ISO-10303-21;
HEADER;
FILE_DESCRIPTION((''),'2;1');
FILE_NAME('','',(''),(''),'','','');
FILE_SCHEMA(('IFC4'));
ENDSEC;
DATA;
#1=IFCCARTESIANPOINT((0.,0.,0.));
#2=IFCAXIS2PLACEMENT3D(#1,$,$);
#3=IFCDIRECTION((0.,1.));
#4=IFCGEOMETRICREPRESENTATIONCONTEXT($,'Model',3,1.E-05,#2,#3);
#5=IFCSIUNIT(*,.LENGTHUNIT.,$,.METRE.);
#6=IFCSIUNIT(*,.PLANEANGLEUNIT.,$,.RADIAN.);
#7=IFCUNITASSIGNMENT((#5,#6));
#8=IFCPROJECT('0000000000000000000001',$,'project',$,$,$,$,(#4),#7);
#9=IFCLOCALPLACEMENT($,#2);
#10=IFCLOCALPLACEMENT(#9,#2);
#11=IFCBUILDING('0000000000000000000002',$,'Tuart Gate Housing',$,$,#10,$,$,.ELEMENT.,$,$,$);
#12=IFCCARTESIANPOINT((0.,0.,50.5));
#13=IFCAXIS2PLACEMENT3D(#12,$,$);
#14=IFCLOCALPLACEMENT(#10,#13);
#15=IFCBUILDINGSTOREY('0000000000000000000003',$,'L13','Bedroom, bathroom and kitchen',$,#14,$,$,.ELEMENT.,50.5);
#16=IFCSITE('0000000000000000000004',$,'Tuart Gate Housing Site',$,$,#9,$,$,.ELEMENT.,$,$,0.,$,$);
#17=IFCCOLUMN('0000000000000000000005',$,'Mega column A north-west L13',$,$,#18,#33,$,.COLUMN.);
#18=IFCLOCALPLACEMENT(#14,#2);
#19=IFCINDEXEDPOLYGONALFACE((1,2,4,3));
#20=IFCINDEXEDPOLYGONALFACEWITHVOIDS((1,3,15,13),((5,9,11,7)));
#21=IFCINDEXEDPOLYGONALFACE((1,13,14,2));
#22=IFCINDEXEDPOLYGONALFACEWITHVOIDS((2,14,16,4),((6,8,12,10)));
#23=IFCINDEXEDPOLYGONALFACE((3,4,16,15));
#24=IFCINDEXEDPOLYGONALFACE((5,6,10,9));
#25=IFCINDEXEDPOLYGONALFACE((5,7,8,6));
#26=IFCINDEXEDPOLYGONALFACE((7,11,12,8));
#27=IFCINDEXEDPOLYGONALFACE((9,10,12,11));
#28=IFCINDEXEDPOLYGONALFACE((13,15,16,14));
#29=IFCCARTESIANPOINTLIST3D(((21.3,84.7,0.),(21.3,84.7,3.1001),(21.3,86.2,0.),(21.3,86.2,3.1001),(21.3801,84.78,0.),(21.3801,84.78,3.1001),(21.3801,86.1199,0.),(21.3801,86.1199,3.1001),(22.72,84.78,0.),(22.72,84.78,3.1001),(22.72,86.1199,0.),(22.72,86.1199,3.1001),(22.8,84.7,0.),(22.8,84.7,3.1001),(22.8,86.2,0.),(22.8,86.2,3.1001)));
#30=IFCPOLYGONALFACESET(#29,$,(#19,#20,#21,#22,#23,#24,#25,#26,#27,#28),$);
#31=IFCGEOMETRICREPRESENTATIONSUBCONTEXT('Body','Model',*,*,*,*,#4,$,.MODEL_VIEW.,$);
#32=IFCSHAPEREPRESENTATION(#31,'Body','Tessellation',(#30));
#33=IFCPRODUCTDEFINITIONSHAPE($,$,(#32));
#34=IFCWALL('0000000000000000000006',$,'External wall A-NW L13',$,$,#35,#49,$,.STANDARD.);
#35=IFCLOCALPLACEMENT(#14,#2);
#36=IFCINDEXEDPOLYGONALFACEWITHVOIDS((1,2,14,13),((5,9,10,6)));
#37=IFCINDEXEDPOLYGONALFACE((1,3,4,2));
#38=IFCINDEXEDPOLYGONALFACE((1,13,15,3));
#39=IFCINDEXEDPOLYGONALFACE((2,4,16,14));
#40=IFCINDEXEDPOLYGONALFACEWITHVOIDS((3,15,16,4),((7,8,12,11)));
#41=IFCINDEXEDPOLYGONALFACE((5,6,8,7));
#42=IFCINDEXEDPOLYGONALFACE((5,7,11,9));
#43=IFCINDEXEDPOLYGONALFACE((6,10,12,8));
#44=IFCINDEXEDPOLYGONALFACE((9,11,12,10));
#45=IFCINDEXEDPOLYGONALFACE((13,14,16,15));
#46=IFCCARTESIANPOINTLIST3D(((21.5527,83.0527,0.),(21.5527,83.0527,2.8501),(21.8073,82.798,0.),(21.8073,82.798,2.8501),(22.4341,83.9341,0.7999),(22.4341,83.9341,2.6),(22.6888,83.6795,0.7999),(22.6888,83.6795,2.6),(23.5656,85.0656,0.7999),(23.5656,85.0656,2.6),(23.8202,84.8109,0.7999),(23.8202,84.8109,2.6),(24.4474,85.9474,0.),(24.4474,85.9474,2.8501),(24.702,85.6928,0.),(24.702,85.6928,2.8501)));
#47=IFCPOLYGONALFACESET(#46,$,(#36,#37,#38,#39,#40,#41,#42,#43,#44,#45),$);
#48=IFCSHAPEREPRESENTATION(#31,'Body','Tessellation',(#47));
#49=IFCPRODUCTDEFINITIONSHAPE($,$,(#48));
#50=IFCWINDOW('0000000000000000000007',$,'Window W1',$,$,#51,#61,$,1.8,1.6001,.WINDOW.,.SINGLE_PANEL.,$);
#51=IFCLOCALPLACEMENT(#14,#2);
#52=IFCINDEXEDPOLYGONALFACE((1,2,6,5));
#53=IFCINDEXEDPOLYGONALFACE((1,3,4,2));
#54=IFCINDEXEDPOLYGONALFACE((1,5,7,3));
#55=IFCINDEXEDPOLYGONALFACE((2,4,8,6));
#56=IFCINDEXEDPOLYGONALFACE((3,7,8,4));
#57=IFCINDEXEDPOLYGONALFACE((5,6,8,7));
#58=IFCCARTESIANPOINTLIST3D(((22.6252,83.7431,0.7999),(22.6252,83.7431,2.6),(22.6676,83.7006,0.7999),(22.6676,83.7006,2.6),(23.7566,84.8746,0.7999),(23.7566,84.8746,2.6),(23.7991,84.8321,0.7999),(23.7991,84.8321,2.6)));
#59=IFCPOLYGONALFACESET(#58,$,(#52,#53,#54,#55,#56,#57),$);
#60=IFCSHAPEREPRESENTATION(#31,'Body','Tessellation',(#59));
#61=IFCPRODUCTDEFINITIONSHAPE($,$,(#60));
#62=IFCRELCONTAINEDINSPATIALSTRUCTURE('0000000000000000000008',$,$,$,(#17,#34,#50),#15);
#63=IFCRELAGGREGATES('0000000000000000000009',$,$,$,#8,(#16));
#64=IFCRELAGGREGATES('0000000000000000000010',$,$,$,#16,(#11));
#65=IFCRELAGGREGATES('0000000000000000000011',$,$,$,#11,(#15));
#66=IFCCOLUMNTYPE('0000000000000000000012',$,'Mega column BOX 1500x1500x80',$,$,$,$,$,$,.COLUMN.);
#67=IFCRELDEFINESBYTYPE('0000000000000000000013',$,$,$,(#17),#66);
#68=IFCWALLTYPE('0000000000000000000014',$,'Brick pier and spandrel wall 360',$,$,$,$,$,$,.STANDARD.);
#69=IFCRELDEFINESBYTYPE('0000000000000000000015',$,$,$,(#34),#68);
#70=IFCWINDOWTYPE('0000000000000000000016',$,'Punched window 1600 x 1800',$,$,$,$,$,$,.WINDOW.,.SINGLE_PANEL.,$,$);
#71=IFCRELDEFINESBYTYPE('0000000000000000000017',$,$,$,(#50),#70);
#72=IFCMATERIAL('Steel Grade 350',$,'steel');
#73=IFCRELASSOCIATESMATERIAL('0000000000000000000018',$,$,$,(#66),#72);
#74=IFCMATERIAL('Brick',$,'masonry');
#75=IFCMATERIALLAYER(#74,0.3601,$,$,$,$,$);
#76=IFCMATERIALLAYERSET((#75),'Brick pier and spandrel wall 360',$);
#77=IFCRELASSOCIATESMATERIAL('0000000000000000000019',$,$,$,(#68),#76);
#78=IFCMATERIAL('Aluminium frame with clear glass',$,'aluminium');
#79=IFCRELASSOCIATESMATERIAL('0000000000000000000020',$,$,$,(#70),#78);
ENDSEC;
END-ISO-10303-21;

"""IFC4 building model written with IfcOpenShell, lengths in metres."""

from ifc_helpers import new_model, si_unit, direction, frame, frame_2d, origin, origin_2d, place, context, subcontext, project, spatial, rectangle, hollow_rectangle, extrude, material, layer, layer_set, material_profile, profile_set, type_object, element, fill, save


model = new_model("IFC4")

# Units and contexts
model_context = context("Model", 3, precision=1e-05, world=origin(), true_north=direction((0.0, 1.0)))
body_context = subcontext(model_context, "Body", "Model", "MODEL_VIEW")
ifc_project = project(units=[si_unit("LENGTHUNIT", "METRE"), si_unit("PLANEANGLEUNIT", "RADIAN")], contexts=[model_context])

# Site, building, storey
site_placement = place(None, origin())
site = spatial("IfcSite", under=ifc_project, at=site_placement, Name="Tuart Gate Housing Site", CompositionType="ELEMENT", RefElevation=0.0)
building_placement = place(site_placement, origin())
building = spatial("IfcBuilding", under=site, at=building_placement, Name="Tuart Gate Housing", CompositionType="ELEMENT")
storey_placement = place(building_placement, frame((0.0, 0.0, 50.5)))
storey = spatial("IfcBuildingStorey", under=building, at=storey_placement, Name="L13", Description="Bedroom, bathroom and kitchen", CompositionType="ELEMENT", Elevation=50.5)

# Column
ifc_material_1 = material(Name="Steel Grade 350", Category="steel")
ifc_material_profile = material_profile(ifc_material_1, hollow_rectangle(XDim=1.5, YDim=1.5, WallThickness=0.0801, at=origin_2d()), Name="BOX 1500x1500x80")
ifc_profile_set = profile_set([ifc_material_profile], Name="Steel Grade 350")
column_type = type_object("IfcColumnType", Name="Mega column BOX 1500x1500x80", PredefinedType="COLUMN", material=ifc_profile_set)
column_placement = place(storey_placement, frame((22.05, 85.45, 0.0), z_axis=(0.0, 0.0, 1.0), x_axis=(1.0, 0.0, 0.0)))
element("IfcColumn", 1, at=column_placement, inside=storey, type_object=column_type, Name="Mega column A north-west L13", PredefinedType="COLUMN", context=body_context, shape_type="SweptSolid", body=[
    extrude(hollow_rectangle(XDim=1.5, YDim=1.5, WallThickness=0.0801, at=origin_2d()), origin(), (0.0, 0.0, 1.0), 3.1001),
])

# Wall, opening, window
ifc_material_2 = material(Name="Brick", Category="masonry")
ifc_layer = layer(ifc_material_2, 0.3601)
ifc_layer_set = layer_set([ifc_layer], Name="Brick pier and spandrel wall 360")
wall_type = type_object("IfcWallType", Name="Brick pier and spandrel wall 360", PredefinedType="STANDARD", material=ifc_layer_set)
wall_1_placement = place(storey_placement, frame((24.5747, 85.8201, 0.0), z_axis=(0.0, 0.0, 1.0), x_axis=(-0.707107, -0.707107, 0.0)))
wall_1 = element("IfcWall", 2, at=wall_1_placement, inside=storey, type_object=wall_type, Name="External wall A-NW L13", PredefinedType="STANDARD", context=body_context, shape_type="SweptSolid", body=[
    extrude(rectangle(XDim=4.0938, YDim=0.3601, at=frame_2d((2.0469, 0.0))), origin(), (0.0, 0.0, 1.0), 2.8501),
])
opening_1_placement = place(wall_1_placement, frame((1.2471, 0.0, 0.8)))
opening_1 = element("IfcOpeningElement", 3, at=opening_1_placement, cuts=wall_1, PredefinedType="OPENING", context=body_context, shape_type="SweptSolid", body=[
    extrude(rectangle(XDim=1.6001, YDim=1.8, at=frame_2d((0.8, 0.8999))), frame((0.0, 0.1899, 0.0), z_axis=(0.0, -1.0, 0.0), x_axis=(1.0, 0.0, 0.0)), (0.0, 0.0, 1.0), 0.3801),
])
ifc_material_3 = material(Name="Aluminium frame with clear glass", Category="aluminium")
window_type_1 = type_object("IfcWindowType", Name="Punched window 1600 x 1800", PartitioningType="SINGLE_PANEL", PredefinedType="WINDOW", material=ifc_material_3)
window_1_placement = place(opening_1_placement, origin())
window_1 = element("IfcWindow", 4, at=window_1_placement, inside=storey, type_object=window_type_1, Name="Window W1", OverallHeight=1.8, OverallWidth=1.6001, PartitioningType="SINGLE_PANEL", PredefinedType="WINDOW", context=body_context, shape_type="SweptSolid", body=[
    extrude(rectangle(XDim=1.6001, YDim=1.8, at=frame_2d((0.8, 0.8999))), frame((0.0, 0.1501, 0.0), z_axis=(0.0, -1.0, 0.0), x_axis=(1.0, 0.0, 0.0)), (0.0, 0.0, 1.0), 0.0601),
])
fill(opening_1, window_1)

save(model, "model.ifc")
